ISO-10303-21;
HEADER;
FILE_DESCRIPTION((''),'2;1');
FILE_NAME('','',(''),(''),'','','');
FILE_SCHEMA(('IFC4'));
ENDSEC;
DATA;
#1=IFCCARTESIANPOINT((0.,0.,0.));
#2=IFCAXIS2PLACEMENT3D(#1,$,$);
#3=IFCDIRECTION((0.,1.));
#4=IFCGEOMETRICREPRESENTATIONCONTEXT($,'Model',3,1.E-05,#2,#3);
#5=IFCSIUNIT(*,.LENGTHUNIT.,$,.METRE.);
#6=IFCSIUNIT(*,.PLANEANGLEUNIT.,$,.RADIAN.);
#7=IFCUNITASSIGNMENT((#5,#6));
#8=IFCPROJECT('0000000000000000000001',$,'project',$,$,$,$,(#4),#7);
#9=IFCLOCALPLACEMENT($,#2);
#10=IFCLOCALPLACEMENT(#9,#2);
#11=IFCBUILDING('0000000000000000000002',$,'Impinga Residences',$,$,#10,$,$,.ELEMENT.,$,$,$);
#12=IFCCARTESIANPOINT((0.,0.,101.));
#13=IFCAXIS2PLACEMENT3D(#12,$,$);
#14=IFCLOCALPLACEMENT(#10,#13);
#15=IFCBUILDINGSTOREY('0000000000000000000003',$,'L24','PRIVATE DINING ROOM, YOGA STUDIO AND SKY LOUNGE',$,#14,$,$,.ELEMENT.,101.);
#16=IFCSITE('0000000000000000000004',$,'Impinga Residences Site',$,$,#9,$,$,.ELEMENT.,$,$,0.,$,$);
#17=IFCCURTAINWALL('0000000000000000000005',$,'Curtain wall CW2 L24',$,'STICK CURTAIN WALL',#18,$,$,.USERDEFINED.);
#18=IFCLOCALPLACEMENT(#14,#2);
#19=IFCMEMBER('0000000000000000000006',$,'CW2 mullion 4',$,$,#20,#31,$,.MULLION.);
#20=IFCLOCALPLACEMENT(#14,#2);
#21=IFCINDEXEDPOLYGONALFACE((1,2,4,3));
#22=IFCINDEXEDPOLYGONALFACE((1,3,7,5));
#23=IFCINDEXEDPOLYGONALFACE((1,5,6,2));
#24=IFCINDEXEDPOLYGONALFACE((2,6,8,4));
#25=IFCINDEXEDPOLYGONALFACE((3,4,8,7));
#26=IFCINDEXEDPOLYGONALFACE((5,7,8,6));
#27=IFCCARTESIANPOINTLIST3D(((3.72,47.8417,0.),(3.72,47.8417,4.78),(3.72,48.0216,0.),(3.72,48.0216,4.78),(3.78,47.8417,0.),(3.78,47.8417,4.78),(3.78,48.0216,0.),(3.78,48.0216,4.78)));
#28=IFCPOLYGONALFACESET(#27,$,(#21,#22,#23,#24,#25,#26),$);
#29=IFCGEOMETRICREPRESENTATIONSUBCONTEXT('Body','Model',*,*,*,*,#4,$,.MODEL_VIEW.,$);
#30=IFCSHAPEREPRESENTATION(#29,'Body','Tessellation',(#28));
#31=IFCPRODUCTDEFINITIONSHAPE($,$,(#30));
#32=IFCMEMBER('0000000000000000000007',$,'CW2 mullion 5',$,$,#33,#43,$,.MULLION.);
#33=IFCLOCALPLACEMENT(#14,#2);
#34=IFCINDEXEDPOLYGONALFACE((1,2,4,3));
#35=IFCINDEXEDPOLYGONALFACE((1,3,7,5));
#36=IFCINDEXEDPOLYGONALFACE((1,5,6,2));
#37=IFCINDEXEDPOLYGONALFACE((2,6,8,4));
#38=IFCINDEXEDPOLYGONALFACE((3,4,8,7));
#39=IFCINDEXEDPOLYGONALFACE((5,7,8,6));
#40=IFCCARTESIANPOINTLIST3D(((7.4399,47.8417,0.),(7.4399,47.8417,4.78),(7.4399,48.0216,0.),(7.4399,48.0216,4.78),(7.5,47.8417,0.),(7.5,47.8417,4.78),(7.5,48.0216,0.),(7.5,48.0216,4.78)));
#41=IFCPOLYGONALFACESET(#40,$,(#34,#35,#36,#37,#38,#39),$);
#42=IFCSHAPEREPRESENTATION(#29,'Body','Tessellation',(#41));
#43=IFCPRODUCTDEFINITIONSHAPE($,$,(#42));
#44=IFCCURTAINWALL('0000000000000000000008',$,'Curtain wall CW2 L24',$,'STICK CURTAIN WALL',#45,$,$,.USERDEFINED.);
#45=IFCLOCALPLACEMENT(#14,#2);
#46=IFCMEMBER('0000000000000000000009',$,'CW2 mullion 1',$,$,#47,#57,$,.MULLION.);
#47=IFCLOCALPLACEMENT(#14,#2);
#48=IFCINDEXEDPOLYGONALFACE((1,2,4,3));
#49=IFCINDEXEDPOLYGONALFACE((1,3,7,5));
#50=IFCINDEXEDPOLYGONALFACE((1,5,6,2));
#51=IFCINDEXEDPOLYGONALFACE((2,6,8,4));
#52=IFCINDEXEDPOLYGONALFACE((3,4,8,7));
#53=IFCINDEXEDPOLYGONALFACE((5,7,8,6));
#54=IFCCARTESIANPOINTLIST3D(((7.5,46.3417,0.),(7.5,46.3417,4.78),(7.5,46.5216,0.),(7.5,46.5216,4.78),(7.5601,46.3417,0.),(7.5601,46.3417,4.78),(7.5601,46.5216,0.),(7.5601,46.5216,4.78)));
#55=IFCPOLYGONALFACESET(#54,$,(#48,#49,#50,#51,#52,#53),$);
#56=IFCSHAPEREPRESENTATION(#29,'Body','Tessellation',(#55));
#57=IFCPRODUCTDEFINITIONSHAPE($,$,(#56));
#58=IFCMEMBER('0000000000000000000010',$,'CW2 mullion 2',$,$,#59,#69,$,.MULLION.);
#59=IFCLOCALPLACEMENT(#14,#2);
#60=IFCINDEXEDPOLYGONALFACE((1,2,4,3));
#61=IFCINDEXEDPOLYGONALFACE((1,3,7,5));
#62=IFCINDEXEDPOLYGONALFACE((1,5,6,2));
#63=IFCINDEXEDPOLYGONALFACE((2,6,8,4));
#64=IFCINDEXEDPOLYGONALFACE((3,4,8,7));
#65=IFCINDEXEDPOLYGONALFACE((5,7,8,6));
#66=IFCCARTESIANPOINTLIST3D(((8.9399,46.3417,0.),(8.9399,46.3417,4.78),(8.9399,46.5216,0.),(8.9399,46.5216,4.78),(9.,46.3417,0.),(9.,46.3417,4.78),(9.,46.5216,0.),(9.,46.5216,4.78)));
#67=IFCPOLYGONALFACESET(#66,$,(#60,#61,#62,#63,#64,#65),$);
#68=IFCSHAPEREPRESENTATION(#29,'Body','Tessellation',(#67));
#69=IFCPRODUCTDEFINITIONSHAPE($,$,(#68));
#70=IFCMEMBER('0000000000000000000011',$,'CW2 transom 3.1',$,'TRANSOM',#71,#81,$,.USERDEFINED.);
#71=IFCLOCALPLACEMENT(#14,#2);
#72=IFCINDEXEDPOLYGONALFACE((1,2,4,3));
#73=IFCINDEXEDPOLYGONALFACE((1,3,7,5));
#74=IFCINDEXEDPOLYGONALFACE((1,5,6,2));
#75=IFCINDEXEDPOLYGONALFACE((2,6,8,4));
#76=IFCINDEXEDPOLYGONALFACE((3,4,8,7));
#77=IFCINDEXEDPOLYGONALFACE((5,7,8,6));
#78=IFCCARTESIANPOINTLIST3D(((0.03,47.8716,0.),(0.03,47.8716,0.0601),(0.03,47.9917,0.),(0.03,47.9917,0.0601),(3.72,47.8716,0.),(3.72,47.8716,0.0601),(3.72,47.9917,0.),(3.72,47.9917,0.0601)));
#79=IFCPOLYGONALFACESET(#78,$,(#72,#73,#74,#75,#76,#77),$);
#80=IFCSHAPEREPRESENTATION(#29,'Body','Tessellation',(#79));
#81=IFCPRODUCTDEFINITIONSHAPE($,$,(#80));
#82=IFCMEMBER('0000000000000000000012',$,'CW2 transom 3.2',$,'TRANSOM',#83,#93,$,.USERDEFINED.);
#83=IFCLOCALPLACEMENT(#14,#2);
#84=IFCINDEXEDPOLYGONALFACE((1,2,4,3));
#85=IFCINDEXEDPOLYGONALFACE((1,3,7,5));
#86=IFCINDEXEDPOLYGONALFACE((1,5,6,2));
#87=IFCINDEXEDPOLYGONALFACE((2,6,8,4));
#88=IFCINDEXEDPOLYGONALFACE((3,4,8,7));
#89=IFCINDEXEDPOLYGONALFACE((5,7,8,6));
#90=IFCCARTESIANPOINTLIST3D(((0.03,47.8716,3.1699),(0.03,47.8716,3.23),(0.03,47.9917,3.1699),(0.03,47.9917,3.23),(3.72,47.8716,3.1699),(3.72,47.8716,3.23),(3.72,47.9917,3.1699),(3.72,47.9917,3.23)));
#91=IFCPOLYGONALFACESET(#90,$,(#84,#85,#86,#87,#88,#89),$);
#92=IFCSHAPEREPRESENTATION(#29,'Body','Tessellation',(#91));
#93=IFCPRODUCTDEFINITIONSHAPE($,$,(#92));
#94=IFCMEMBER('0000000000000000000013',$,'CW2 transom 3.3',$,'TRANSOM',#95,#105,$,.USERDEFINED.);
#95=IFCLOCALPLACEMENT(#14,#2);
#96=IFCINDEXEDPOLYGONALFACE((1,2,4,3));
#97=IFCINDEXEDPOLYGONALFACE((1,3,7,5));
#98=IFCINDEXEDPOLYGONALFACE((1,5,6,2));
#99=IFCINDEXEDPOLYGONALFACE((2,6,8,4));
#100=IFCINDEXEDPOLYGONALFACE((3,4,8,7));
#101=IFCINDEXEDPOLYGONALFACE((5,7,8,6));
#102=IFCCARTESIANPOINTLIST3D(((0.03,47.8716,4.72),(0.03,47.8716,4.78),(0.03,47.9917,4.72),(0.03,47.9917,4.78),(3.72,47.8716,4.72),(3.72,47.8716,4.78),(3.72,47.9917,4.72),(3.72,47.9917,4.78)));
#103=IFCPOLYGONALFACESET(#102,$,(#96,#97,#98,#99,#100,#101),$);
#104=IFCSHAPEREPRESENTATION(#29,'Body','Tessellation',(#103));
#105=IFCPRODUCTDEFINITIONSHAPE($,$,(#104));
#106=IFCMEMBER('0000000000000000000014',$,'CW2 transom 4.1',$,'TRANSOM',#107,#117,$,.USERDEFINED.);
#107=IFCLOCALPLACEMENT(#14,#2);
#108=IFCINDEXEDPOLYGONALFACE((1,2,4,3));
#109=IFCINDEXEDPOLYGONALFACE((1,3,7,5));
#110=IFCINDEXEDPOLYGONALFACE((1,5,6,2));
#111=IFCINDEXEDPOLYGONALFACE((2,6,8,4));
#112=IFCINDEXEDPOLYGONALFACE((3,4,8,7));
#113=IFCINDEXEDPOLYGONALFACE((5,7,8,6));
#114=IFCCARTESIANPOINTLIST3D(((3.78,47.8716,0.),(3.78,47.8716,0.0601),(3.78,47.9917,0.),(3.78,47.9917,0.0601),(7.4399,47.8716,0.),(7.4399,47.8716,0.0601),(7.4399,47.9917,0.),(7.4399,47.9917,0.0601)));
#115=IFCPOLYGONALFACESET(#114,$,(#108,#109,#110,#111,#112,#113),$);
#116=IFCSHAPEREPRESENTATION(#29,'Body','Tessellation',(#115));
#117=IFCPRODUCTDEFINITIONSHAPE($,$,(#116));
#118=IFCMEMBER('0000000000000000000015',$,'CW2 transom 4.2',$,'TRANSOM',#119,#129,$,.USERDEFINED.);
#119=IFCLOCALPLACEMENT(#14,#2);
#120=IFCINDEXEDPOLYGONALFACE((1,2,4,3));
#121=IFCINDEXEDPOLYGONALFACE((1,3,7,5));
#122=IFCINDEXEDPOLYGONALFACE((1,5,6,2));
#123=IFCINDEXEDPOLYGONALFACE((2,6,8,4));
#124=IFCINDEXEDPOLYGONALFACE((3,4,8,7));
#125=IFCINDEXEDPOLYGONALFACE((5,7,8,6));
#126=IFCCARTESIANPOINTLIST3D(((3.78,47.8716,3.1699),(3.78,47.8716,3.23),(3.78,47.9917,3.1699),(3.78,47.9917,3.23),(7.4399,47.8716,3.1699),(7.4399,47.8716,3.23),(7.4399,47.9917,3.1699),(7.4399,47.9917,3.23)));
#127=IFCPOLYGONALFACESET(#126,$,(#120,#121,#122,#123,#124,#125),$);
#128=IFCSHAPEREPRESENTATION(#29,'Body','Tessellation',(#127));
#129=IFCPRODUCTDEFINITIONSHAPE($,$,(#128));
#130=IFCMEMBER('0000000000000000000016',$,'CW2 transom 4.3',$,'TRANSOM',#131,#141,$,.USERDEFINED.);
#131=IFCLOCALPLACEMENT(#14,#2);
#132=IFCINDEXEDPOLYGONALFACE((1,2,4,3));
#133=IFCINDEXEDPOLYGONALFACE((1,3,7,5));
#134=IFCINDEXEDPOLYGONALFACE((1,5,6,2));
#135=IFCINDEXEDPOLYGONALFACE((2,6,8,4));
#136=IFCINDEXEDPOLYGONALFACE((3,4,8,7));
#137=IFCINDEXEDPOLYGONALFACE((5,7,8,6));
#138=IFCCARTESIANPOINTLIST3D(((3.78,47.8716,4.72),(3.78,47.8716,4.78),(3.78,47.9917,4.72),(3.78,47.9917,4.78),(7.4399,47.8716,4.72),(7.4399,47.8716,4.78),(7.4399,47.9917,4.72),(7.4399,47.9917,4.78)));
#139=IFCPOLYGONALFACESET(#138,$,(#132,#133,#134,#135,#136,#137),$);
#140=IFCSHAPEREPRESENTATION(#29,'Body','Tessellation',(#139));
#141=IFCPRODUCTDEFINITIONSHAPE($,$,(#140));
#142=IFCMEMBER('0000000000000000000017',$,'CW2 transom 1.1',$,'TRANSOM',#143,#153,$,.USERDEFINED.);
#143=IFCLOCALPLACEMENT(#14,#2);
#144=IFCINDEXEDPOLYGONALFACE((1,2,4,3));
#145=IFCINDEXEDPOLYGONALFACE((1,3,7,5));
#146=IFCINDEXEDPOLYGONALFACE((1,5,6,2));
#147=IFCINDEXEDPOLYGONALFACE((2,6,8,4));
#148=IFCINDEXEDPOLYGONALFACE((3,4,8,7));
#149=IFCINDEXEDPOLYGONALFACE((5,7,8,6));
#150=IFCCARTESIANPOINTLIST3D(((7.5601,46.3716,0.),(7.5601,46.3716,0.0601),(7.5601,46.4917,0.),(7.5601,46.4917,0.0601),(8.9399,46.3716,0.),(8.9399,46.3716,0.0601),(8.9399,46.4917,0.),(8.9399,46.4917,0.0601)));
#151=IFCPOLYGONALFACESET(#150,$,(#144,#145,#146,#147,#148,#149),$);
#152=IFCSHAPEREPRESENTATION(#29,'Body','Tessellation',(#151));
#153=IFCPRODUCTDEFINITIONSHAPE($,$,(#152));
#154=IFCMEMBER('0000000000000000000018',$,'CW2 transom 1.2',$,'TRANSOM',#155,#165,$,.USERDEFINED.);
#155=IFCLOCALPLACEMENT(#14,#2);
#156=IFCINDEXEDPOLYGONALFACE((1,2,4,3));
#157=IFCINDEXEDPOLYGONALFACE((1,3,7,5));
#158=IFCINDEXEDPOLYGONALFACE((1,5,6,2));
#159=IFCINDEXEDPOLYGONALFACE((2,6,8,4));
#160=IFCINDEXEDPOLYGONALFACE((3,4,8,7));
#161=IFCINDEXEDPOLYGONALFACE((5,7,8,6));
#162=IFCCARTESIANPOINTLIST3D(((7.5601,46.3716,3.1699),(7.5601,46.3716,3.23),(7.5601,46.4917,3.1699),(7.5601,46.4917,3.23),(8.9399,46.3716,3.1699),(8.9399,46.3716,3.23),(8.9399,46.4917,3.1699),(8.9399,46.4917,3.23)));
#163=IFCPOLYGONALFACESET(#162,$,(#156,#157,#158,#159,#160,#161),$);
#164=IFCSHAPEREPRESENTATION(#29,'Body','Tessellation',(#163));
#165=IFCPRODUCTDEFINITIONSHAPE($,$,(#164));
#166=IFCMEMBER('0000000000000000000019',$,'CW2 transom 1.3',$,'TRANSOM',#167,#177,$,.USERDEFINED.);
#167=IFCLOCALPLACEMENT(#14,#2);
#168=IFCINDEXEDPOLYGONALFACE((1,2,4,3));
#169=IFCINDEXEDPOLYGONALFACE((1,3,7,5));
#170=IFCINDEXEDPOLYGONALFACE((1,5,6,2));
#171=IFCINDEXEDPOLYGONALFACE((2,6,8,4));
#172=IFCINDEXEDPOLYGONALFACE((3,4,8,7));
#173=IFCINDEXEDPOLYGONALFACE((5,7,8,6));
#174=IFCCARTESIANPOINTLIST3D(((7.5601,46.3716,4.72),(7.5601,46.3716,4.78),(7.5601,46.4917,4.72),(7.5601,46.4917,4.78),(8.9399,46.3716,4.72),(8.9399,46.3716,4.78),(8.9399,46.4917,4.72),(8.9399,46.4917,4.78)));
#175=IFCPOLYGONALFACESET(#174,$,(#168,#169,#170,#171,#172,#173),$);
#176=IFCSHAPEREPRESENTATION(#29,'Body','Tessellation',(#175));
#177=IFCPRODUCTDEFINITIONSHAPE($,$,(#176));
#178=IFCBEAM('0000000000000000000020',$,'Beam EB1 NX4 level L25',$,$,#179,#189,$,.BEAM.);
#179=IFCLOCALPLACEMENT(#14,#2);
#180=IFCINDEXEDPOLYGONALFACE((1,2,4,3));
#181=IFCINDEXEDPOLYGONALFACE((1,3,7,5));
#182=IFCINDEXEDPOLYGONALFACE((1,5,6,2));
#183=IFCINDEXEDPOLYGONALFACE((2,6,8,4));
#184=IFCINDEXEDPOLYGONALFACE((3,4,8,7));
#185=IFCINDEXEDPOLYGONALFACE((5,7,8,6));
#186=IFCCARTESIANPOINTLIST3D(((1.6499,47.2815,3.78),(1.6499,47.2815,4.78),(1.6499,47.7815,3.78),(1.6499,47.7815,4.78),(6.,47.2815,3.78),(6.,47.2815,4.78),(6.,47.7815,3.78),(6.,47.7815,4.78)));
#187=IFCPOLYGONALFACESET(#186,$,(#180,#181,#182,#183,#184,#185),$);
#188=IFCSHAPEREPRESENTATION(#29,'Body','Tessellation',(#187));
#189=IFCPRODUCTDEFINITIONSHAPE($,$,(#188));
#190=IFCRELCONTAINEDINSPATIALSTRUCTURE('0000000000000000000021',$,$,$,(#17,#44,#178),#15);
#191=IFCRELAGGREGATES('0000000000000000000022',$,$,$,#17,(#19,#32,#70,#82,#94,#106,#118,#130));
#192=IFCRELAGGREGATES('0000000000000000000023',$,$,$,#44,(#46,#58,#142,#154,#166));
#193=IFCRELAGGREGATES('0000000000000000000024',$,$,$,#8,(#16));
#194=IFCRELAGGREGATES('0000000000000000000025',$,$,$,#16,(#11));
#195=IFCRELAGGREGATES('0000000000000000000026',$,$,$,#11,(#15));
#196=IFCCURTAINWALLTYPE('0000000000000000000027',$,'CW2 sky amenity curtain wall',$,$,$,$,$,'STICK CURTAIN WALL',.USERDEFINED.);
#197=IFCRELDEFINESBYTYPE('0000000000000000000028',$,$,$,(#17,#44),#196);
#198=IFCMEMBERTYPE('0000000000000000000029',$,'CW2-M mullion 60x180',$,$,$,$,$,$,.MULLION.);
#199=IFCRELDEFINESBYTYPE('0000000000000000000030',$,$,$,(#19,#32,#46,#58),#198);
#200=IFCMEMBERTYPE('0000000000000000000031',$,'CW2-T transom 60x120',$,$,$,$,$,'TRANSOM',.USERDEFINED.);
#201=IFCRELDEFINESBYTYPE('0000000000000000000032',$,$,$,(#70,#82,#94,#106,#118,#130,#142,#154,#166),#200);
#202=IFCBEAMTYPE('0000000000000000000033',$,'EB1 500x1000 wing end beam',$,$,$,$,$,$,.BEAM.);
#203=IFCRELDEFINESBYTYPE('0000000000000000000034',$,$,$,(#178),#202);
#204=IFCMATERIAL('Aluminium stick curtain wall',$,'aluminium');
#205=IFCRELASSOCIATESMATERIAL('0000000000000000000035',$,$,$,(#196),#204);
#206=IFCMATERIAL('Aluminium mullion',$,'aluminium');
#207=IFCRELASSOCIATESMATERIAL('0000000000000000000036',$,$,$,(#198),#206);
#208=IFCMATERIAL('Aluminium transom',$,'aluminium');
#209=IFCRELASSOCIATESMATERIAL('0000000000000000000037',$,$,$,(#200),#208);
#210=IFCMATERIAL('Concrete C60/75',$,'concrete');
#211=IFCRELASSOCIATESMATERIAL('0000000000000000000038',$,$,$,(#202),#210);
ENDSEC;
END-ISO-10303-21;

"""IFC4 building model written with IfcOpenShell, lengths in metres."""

from ifc_helpers import new_model, si_unit, direction, frame, origin, origin_2d, place, context, subcontext, project, spatial, rectangle, extrude, material, material_profile, profile_set, type_object, element, aggregate, save


model = new_model("IFC4")

# Units and contexts
model_context = context("Model", 3, precision=1e-05, world=origin(), true_north=direction((0.0, 1.0)))
body_context = subcontext(model_context, "Body", "Model", "MODEL_VIEW")
ifc_project = project(units=[si_unit("LENGTHUNIT", "METRE"), si_unit("PLANEANGLEUNIT", "RADIAN")], contexts=[model_context])

# Site, building, storey
site_placement = place(None, origin())
site = spatial("IfcSite", under=ifc_project, at=site_placement, Name="Impinga Residences Site", CompositionType="ELEMENT", RefElevation=0.0)
building_placement = place(site_placement, origin())
building = spatial("IfcBuilding", under=site, at=building_placement, Name="Impinga Residences", CompositionType="ELEMENT")
storey_placement = place(building_placement, frame((0.0, 0.0, 101.0)))
storey = spatial("IfcBuildingStorey", under=building, at=storey_placement, Name="L24", Description="PRIVATE DINING ROOM, YOGA STUDIO AND SKY LOUNGE", CompositionType="ELEMENT", Elevation=101.0)

# Curtain walls, members
ifc_material_1 = material(Name="Aluminium stick curtain wall", Category="aluminium")
curtain_wall_type = type_object("IfcCurtainWallType", Name="CW2 sky amenity curtain wall", ElementType="STICK CURTAIN WALL", PredefinedType="USERDEFINED", material=ifc_material_1)
curtain_wall_1_placement = place(storey_placement, origin())
curtain_wall_1 = element("IfcCurtainWall", 1, at=curtain_wall_1_placement, inside=storey, type_object=curtain_wall_type, Name="Curtain wall CW2 L24", ObjectType="STICK CURTAIN WALL", PredefinedType="USERDEFINED")
ifc_material_2 = material(Name="Aluminium mullion", Category="aluminium")
ifc_material_profile_1 = material_profile(ifc_material_2, rectangle(XDim=0.0601, YDim=0.1799, at=origin_2d()), Name="60x180 mullion")
ifc_profile_set_1 = profile_set([ifc_material_profile_1], Name="Aluminium mullion")
member_type_1 = type_object("IfcMemberType", Name="CW2-M mullion 60x180", PredefinedType="MULLION", material=ifc_profile_set_1)
member_1_placement = place(storey_placement, frame((3.75, 47.9316, 0.0), z_axis=(0.0, 0.0, 1.0), x_axis=(1.0, 0.0, 0.0)))
member_1 = element("IfcMember", 2, at=member_1_placement, type_object=member_type_1, Name="CW2 mullion 4", PredefinedType="MULLION", context=body_context, shape_type="SweptSolid", body=[
    extrude(rectangle(XDim=0.0601, YDim=0.1799, at=origin_2d()), origin(), (0.0, 0.0, 1.0), 4.78),
])
member_2_placement = place(storey_placement, frame((7.47, 47.9316, 0.0), z_axis=(0.0, 0.0, 1.0), x_axis=(1.0, 0.0, 0.0)))
member_2 = element("IfcMember", 3, at=member_2_placement, type_object=member_type_1, Name="CW2 mullion 5", PredefinedType="MULLION", context=body_context, shape_type="SweptSolid", body=[
    extrude(rectangle(XDim=0.0601, YDim=0.1799, at=origin_2d()), origin(), (0.0, 0.0, 1.0), 4.78),
])
curtain_wall_2_placement = place(storey_placement, origin())
curtain_wall_2 = element("IfcCurtainWall", 4, at=curtain_wall_2_placement, inside=storey, type_object=curtain_wall_type, Name="Curtain wall CW2 L24", ObjectType="STICK CURTAIN WALL", PredefinedType="USERDEFINED")
member_3_placement = place(storey_placement, frame((7.53, 46.4316, 0.0), z_axis=(0.0, 0.0, 1.0), x_axis=(1.0, 0.0, 0.0)))
member_3 = element("IfcMember", 5, at=member_3_placement, type_object=member_type_1, Name="CW2 mullion 1", PredefinedType="MULLION", context=body_context, shape_type="SweptSolid", body=[
    extrude(rectangle(XDim=0.0601, YDim=0.1799, at=origin_2d()), origin(), (0.0, 0.0, 1.0), 4.78),
])
member_4_placement = place(storey_placement, frame((8.97, 46.4316, 0.0), z_axis=(0.0, 0.0, 1.0), x_axis=(1.0, 0.0, 0.0)))
member_4 = element("IfcMember", 6, at=member_4_placement, type_object=member_type_1, Name="CW2 mullion 2", PredefinedType="MULLION", context=body_context, shape_type="SweptSolid", body=[
    extrude(rectangle(XDim=0.0601, YDim=0.1799, at=origin_2d()), origin(), (0.0, 0.0, 1.0), 4.78),
])

# Members
ifc_material_3 = material(Name="Aluminium transom", Category="aluminium")
ifc_material_profile_2 = material_profile(ifc_material_3, rectangle(XDim=0.0601, YDim=0.1201, at=origin_2d()), Name="60x120 transom")
ifc_profile_set_2 = profile_set([ifc_material_profile_2], Name="Aluminium transom")
member_type_2 = type_object("IfcMemberType", Name="CW2-T transom 60x120", ElementType="TRANSOM", PredefinedType="USERDEFINED", material=ifc_profile_set_2)
member_5_placement = place(storey_placement, frame((0.03, 47.9316, 0.03), z_axis=(1.0, 0.0, 0.0), x_axis=(0.0, 0.0, 1.0)))
member_5 = element("IfcMember", 7, at=member_5_placement, type_object=member_type_2, Name="CW2 transom 3.1", ObjectType="TRANSOM", PredefinedType="USERDEFINED", context=body_context, shape_type="SweptSolid", body=[
    extrude(rectangle(XDim=0.0601, YDim=0.1201, at=origin_2d()), origin(), (0.0, 0.0, 1.0), 3.6899),
])
member_6_placement = place(storey_placement, frame((0.03, 47.9316, 3.2), z_axis=(1.0, 0.0, 0.0), x_axis=(0.0, 0.0, 1.0)))
member_6 = element("IfcMember", 8, at=member_6_placement, type_object=member_type_2, Name="CW2 transom 3.2", ObjectType="TRANSOM", PredefinedType="USERDEFINED", context=body_context, shape_type="SweptSolid", body=[
    extrude(rectangle(XDim=0.0601, YDim=0.1201, at=origin_2d()), origin(), (0.0, 0.0, 1.0), 3.6899),
])
member_7_placement = place(storey_placement, frame((0.03, 47.9316, 4.75), z_axis=(1.0, 0.0, 0.0), x_axis=(0.0, 0.0, 1.0)))
member_7 = element("IfcMember", 9, at=member_7_placement, type_object=member_type_2, Name="CW2 transom 3.3", ObjectType="TRANSOM", PredefinedType="USERDEFINED", context=body_context, shape_type="SweptSolid", body=[
    extrude(rectangle(XDim=0.0601, YDim=0.1201, at=origin_2d()), origin(), (0.0, 0.0, 1.0), 3.6899),
])
member_8_placement = place(storey_placement, frame((3.78, 47.9316, 0.03), z_axis=(1.0, 0.0, 0.0), x_axis=(0.0, 0.0, 1.0)))
member_8 = element("IfcMember", 10, at=member_8_placement, type_object=member_type_2, Name="CW2 transom 4.1", ObjectType="TRANSOM", PredefinedType="USERDEFINED", context=body_context, shape_type="SweptSolid", body=[
    extrude(rectangle(XDim=0.0601, YDim=0.1201, at=origin_2d()), origin(), (0.0, 0.0, 1.0), 3.6599),
])
member_9_placement = place(storey_placement, frame((3.78, 47.9316, 3.2), z_axis=(1.0, 0.0, 0.0), x_axis=(0.0, 0.0, 1.0)))
member_9 = element("IfcMember", 11, at=member_9_placement, type_object=member_type_2, Name="CW2 transom 4.2", ObjectType="TRANSOM", PredefinedType="USERDEFINED", context=body_context, shape_type="SweptSolid", body=[
    extrude(rectangle(XDim=0.0601, YDim=0.1201, at=origin_2d()), origin(), (0.0, 0.0, 1.0), 3.6599),
])
member_10_placement = place(storey_placement, frame((3.78, 47.9316, 4.75), z_axis=(1.0, 0.0, 0.0), x_axis=(0.0, 0.0, 1.0)))
member_10 = element("IfcMember", 12, at=member_10_placement, type_object=member_type_2, Name="CW2 transom 4.3", ObjectType="TRANSOM", PredefinedType="USERDEFINED", context=body_context, shape_type="SweptSolid", body=[
    extrude(rectangle(XDim=0.0601, YDim=0.1201, at=origin_2d()), origin(), (0.0, 0.0, 1.0), 3.6599),
])
member_11_placement = place(storey_placement, frame((7.5601, 46.4316, 0.03), z_axis=(1.0, 0.0, 0.0), x_axis=(0.0, 0.0, 1.0)))
member_11 = element("IfcMember", 13, at=member_11_placement, type_object=member_type_2, Name="CW2 transom 1.1", ObjectType="TRANSOM", PredefinedType="USERDEFINED", context=body_context, shape_type="SweptSolid", body=[
    extrude(rectangle(XDim=0.0601, YDim=0.1201, at=origin_2d()), origin(), (0.0, 0.0, 1.0), 1.3799),
])
member_12_placement = place(storey_placement, frame((7.5601, 46.4316, 3.2), z_axis=(1.0, 0.0, 0.0), x_axis=(0.0, 0.0, 1.0)))
member_12 = element("IfcMember", 14, at=member_12_placement, type_object=member_type_2, Name="CW2 transom 1.2", ObjectType="TRANSOM", PredefinedType="USERDEFINED", context=body_context, shape_type="SweptSolid", body=[
    extrude(rectangle(XDim=0.0601, YDim=0.1201, at=origin_2d()), origin(), (0.0, 0.0, 1.0), 1.3799),
])
member_13_placement = place(storey_placement, frame((7.5601, 46.4316, 4.75), z_axis=(1.0, 0.0, 0.0), x_axis=(0.0, 0.0, 1.0)))
member_13 = element("IfcMember", 15, at=member_13_placement, type_object=member_type_2, Name="CW2 transom 1.3", ObjectType="TRANSOM", PredefinedType="USERDEFINED", context=body_context, shape_type="SweptSolid", body=[
    extrude(rectangle(XDim=0.0601, YDim=0.1201, at=origin_2d()), origin(), (0.0, 0.0, 1.0), 1.3799),
])

# Beam
ifc_material_4 = material(Name="Concrete C60/75", Category="concrete")
ifc_material_profile_3 = material_profile(ifc_material_4, rectangle(XDim=0.5, YDim=1.0, at=origin_2d()), Name="RC 500x1000")
ifc_profile_set_3 = profile_set([ifc_material_profile_3], Name="Concrete C60/75")
beam_type = type_object("IfcBeamType", Name="EB1 500x1000 wing end beam", PredefinedType="BEAM", material=ifc_profile_set_3)
beam_placement = place(storey_placement, frame((1.6499, 47.5315, 4.28), z_axis=(1.0, 0.0, 0.0), x_axis=(0.0, 1.0, 0.0)))
element("IfcBeam", 16, at=beam_placement, inside=storey, type_object=beam_type, Name="Beam EB1 NX4 level L25", PredefinedType="BEAM", context=body_context, shape_type="SweptSolid", body=[
    extrude(rectangle(XDim=0.5, YDim=1.0, at=origin_2d()), origin(), (0.0, 0.0, 1.0), 4.3501),
])

aggregate(curtain_wall_1, [member_1, member_2, member_5, member_6, member_7, member_8, member_9, member_10])
aggregate(curtain_wall_2, [member_3, member_4, member_11, member_12, member_13])

save(model, "model.ifc")
